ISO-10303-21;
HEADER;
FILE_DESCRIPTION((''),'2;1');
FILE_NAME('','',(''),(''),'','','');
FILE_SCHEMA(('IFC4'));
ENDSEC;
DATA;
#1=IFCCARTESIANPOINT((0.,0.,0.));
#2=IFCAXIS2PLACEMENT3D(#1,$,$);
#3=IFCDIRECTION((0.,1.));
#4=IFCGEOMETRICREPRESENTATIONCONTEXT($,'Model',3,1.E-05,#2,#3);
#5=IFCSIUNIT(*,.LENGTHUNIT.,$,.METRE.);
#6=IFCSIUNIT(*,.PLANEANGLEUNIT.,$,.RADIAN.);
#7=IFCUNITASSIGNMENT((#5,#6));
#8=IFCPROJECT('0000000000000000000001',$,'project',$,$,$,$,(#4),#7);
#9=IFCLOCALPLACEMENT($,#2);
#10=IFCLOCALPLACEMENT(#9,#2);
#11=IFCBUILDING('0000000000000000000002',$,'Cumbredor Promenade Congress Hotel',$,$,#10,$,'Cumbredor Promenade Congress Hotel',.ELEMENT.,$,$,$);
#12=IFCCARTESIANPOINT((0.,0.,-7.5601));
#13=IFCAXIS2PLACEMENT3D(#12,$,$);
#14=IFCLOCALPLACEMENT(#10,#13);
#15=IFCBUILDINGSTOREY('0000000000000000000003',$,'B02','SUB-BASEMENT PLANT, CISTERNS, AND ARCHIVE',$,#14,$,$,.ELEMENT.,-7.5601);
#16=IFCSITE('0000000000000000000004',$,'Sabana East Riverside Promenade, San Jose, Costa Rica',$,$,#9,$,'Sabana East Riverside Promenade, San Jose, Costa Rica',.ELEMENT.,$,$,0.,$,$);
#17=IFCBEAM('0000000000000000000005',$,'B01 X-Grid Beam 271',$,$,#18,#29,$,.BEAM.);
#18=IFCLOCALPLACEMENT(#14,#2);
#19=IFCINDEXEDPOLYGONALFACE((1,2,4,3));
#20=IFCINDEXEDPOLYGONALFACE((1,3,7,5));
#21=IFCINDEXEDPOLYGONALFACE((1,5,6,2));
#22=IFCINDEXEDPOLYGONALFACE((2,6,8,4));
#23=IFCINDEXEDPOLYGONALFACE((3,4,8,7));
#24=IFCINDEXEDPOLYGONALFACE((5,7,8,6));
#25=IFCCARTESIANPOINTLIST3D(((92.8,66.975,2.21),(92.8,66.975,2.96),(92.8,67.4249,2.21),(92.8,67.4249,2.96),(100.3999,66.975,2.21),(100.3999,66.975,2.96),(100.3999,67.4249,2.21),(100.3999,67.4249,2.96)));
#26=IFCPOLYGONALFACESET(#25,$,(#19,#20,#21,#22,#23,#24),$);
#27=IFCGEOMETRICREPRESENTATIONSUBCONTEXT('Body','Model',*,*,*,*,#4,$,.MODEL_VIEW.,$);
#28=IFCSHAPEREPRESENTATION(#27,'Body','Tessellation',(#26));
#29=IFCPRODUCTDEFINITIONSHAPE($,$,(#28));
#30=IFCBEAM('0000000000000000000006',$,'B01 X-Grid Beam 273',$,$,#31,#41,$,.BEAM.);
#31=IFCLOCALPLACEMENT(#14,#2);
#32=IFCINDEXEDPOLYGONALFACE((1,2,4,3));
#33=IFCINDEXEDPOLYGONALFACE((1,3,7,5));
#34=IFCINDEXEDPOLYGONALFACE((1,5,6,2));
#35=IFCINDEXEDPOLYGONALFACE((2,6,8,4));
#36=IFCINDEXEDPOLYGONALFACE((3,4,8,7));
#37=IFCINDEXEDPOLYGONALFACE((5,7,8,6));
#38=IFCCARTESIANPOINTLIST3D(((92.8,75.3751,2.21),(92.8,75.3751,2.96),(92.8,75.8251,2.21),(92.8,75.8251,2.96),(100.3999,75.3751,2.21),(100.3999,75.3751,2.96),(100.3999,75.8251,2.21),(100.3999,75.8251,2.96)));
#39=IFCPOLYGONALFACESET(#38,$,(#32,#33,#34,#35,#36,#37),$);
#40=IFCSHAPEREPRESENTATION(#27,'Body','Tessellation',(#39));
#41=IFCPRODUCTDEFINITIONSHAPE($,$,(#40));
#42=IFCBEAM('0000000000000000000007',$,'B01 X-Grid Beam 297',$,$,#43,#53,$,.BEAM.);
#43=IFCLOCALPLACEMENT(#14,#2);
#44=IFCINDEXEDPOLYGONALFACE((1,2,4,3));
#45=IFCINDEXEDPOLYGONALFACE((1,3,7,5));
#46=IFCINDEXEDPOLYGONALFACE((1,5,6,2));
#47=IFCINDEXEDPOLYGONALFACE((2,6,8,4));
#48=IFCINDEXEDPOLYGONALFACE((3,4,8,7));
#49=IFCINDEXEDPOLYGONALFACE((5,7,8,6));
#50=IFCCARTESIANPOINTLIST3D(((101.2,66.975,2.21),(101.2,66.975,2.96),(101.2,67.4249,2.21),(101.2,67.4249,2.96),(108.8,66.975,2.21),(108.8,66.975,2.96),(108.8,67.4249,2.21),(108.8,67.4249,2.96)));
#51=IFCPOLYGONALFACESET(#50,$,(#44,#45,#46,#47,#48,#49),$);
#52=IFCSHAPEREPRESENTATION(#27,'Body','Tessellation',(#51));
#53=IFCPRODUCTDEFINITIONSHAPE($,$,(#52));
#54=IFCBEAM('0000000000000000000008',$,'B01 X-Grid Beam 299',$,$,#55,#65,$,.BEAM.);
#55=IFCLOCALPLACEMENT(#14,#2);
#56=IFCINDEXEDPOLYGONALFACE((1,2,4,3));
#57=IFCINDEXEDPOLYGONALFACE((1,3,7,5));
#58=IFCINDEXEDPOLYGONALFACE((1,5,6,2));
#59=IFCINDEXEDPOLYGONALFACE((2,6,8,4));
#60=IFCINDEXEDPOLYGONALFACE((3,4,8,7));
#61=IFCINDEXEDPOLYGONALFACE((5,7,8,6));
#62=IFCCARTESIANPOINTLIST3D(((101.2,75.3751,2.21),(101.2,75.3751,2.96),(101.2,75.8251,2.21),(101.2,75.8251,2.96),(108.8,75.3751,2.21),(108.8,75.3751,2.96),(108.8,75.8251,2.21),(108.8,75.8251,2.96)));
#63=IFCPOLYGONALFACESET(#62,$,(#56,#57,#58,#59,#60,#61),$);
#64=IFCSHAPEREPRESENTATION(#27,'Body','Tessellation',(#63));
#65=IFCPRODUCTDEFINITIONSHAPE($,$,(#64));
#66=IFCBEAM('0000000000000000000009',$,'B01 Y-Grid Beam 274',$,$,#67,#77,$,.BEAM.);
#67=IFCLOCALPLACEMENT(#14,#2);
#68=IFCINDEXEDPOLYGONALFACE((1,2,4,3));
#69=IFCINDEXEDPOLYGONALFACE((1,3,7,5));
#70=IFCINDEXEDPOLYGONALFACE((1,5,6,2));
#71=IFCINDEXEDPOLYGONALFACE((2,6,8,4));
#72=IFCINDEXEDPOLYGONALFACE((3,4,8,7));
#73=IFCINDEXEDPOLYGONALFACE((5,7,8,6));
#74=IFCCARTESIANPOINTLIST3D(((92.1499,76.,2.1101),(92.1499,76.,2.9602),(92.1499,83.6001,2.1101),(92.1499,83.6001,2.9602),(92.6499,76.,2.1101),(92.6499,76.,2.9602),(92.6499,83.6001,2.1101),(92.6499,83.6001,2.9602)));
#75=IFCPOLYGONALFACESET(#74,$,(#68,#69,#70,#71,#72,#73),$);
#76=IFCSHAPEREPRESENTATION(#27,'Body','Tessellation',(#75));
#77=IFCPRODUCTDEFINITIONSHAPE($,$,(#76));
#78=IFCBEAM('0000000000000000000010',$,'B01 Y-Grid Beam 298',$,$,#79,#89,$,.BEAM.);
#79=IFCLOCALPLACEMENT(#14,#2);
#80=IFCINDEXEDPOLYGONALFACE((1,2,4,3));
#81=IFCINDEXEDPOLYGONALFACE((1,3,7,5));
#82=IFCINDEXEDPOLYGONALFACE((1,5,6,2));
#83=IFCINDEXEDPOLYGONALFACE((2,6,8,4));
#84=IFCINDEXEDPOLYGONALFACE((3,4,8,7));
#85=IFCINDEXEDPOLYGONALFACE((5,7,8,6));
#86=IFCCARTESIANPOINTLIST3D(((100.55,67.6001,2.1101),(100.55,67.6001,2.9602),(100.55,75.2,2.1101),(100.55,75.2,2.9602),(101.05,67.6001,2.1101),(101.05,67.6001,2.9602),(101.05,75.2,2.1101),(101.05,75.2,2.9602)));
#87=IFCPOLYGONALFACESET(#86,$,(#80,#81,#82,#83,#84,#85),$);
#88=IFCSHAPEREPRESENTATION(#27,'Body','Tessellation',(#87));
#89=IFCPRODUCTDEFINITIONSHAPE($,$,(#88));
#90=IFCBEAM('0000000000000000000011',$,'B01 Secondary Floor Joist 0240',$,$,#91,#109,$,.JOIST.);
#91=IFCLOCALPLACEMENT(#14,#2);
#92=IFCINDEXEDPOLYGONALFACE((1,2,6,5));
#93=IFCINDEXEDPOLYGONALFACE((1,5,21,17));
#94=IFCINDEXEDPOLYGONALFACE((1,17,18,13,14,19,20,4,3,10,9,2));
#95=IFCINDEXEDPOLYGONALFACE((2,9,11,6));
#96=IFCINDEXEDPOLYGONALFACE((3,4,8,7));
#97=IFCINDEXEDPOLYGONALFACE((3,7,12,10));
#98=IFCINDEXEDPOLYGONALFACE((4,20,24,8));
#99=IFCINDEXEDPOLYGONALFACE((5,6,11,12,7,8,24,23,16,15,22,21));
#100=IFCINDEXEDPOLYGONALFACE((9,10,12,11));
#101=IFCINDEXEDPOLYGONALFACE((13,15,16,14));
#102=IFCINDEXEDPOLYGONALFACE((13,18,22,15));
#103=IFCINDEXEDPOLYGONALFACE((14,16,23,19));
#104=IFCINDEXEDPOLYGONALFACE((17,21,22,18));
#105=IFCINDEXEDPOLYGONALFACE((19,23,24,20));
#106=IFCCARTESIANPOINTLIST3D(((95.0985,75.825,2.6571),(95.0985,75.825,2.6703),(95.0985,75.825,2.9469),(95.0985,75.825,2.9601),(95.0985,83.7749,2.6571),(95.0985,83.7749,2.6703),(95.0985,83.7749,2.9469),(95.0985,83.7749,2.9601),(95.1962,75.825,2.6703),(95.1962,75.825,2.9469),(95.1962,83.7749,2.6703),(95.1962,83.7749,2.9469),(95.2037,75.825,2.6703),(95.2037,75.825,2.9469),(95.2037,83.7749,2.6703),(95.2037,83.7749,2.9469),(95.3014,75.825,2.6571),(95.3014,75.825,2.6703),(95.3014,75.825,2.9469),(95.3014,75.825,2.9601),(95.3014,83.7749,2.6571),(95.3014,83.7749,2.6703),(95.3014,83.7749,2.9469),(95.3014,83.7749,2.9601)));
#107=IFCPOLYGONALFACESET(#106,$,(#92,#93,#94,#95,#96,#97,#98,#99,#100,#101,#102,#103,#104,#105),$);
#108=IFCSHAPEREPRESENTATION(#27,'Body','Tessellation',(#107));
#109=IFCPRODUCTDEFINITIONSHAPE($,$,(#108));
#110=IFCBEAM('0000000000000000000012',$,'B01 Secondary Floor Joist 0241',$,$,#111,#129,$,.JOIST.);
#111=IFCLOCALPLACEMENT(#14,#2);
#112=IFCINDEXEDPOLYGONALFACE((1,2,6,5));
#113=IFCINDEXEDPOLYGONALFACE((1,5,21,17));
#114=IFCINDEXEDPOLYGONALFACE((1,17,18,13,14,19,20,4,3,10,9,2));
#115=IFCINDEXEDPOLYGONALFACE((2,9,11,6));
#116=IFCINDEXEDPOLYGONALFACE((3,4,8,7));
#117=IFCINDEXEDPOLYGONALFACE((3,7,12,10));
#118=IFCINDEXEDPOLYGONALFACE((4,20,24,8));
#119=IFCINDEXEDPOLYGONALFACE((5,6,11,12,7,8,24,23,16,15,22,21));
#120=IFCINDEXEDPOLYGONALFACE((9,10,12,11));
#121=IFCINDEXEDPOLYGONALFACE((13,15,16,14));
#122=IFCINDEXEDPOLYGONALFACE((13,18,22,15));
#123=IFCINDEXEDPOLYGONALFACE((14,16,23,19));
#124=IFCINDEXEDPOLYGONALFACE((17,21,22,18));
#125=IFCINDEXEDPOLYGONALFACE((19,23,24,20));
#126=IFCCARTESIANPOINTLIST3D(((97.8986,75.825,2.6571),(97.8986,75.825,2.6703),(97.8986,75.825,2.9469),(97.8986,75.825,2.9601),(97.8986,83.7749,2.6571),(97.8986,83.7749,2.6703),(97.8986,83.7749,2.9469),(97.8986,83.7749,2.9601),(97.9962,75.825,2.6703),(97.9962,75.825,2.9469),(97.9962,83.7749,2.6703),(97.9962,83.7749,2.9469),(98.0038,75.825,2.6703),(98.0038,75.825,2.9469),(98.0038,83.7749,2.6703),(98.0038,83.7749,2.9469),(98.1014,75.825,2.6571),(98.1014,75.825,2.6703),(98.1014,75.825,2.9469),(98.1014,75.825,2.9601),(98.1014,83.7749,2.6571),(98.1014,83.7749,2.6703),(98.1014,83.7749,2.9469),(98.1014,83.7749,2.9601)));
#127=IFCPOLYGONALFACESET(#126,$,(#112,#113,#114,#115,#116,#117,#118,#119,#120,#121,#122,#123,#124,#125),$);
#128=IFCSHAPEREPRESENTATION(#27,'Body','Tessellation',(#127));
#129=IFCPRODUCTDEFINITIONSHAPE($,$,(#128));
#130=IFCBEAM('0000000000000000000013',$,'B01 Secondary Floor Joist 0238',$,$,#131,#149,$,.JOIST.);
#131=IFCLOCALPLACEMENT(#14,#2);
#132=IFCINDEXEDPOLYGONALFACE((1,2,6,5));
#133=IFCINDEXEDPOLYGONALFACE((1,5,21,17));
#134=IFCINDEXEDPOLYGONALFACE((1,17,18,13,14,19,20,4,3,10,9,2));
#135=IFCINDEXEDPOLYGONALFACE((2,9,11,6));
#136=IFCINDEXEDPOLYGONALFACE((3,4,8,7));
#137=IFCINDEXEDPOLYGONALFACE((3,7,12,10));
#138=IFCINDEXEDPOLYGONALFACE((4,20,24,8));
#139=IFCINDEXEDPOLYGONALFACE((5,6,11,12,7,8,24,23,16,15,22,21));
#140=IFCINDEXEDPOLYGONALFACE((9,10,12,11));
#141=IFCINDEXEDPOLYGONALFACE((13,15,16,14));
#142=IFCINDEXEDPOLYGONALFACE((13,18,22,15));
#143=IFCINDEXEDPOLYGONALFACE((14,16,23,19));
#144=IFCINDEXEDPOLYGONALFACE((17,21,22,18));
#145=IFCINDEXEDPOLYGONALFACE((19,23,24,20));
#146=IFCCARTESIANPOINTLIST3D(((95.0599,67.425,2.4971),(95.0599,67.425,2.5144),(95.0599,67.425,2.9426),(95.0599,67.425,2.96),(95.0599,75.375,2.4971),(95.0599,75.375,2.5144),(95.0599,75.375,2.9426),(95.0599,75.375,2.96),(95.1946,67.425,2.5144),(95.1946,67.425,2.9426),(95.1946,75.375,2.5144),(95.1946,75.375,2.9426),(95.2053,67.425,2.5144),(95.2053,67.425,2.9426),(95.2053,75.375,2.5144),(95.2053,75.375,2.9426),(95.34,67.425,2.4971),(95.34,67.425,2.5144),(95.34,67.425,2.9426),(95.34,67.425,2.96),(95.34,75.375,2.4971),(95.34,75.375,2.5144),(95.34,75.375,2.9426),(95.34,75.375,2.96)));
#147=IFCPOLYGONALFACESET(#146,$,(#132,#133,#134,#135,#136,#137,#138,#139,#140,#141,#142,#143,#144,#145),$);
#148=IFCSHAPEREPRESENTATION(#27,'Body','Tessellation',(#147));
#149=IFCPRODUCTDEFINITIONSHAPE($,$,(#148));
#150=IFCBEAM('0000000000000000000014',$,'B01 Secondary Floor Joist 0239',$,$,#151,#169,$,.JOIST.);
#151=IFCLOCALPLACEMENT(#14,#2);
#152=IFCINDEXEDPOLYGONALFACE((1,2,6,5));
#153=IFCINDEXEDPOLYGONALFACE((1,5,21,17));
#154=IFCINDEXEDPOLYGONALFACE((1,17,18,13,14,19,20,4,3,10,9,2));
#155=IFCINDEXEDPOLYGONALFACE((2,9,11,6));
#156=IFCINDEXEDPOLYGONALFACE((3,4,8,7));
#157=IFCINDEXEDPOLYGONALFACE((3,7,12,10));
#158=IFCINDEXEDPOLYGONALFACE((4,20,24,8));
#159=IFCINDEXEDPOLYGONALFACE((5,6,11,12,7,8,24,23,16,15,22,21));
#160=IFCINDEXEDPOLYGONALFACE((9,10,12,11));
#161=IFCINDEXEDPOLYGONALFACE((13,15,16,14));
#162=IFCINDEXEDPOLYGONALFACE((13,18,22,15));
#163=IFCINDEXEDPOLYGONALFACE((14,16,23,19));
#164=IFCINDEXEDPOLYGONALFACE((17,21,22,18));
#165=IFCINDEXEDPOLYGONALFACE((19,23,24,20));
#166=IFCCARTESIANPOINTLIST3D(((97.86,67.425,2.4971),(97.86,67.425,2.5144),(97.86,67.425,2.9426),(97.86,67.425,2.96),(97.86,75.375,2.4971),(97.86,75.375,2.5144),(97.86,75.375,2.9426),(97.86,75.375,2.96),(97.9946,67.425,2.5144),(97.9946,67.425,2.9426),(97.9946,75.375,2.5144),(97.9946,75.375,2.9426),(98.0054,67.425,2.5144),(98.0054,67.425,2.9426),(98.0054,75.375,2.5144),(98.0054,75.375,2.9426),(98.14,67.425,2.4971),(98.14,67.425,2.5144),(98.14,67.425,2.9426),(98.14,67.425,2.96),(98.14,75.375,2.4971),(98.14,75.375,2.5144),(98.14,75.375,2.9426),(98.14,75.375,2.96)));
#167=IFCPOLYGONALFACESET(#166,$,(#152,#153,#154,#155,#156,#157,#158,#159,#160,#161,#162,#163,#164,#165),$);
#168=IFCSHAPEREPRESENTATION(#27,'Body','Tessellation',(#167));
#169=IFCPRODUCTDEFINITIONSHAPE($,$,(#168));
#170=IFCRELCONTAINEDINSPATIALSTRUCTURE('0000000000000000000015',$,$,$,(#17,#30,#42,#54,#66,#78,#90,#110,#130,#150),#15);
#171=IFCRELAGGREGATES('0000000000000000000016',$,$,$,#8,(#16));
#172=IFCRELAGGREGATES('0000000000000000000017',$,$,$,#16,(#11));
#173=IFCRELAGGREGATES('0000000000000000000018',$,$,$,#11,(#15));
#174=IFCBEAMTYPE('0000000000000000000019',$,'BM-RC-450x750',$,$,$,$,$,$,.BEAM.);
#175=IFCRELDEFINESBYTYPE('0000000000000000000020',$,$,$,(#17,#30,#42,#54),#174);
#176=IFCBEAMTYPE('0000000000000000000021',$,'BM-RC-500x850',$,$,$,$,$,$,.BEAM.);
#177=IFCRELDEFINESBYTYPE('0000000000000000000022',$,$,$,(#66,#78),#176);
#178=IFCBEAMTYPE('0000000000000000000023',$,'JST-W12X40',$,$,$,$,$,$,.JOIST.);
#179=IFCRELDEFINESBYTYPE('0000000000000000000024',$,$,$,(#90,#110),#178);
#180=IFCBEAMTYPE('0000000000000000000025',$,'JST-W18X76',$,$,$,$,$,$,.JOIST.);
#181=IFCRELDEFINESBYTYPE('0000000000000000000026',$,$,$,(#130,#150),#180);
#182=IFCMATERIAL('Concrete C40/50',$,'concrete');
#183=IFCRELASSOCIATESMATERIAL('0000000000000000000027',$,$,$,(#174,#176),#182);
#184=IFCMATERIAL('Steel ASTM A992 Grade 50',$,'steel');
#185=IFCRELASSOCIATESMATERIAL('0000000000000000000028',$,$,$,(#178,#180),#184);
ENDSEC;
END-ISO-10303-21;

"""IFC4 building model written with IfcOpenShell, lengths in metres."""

from ifc_helpers import new_model, si_unit, direction, frame, origin, origin_2d, place, context, subcontext, project, spatial, rectangle, i_section, extrude, material, material_profile, profile_set, type_object, element, save


model = new_model("IFC4")

# Units and contexts
model_context = context("Model", 3, precision=1e-05, world=origin(), true_north=direction((0.0, 1.0)))
body_context = subcontext(model_context, "Body", "Model", "MODEL_VIEW")
ifc_project = project(units=[si_unit("LENGTHUNIT", "METRE"), si_unit("PLANEANGLEUNIT", "RADIAN")], contexts=[model_context])

# Site, building, storey
site_placement = place(None, origin())
site = spatial("IfcSite", under=ifc_project, at=site_placement, Name="Sabana East Riverside Promenade, San Jose, Costa Rica", LongName="Sabana East Riverside Promenade, San Jose, Costa Rica", CompositionType="ELEMENT", RefElevation=0.0)
building_placement = place(site_placement, origin())
building = spatial("IfcBuilding", under=site, at=building_placement, Name="Cumbredor Promenade Congress Hotel", LongName="Cumbredor Promenade Congress Hotel", CompositionType="ELEMENT")
storey_placement = place(building_placement, frame((0.0, 0.0, -7.5601)))
storey = spatial("IfcBuildingStorey", under=building, at=storey_placement, Name="B02", Description="SUB-BASEMENT PLANT, CISTERNS, AND ARCHIVE", CompositionType="ELEMENT", Elevation=-7.5601)

# Shared definitions
ifc_material_1 = material(Name="Concrete C40/50", Category="concrete")

# Beams
ifc_material_profile_1 = material_profile(ifc_material_1, rectangle(XDim=0.45, YDim=0.75, at=origin_2d()), Name="RC BEAM 450x750")
ifc_profile_set_1 = profile_set([ifc_material_profile_1], Name="Concrete C40/50")
beam_type_1 = type_object("IfcBeamType", Name="BM-RC-450x750", PredefinedType="BEAM", material=ifc_profile_set_1)
for number, where, z_axis, x_axis, name in (
    (1, (92.8, 67.2, 2.585), (1.0, 0.0, 0.0), (0.0, 1.0, 0.0), "B01 X-Grid Beam 271"),
    (2, (92.8, 75.6001, 2.585), (1.0, 0.0, 0.0), (0.0, 1.0, 0.0), "B01 X-Grid Beam 273"),
):
    element("IfcBeam", number, at=place(storey_placement, frame(where, z_axis=z_axis, x_axis=x_axis)), inside=storey, type_object=beam_type_1, Name=name, PredefinedType="BEAM", context=body_context, shape_type="SweptSolid", body=[
        extrude(rectangle(XDim=0.45, YDim=0.75, at=origin_2d()), origin(), (0.0, 0.0, 1.0), 7.5999),
    ])
for number, where, z_axis, x_axis, name in (
    (3, (101.2, 67.2, 2.585), (1.0, 0.0, 0.0), (0.0, 1.0, 0.0), "B01 X-Grid Beam 297"),
    (4, (101.2, 75.6001, 2.585), (1.0, 0.0, 0.0), (0.0, 1.0, 0.0), "B01 X-Grid Beam 299"),
):
    element("IfcBeam", number, at=place(storey_placement, frame(where, z_axis=z_axis, x_axis=x_axis)), inside=storey, type_object=beam_type_1, Name=name, PredefinedType="BEAM", context=body_context, shape_type="SweptSolid", body=[
        extrude(rectangle(XDim=0.45, YDim=0.75, at=origin_2d()), origin(), (0.0, 0.0, 1.0), 7.6001),
    ])
ifc_material_profile_2 = material_profile(ifc_material_1, rectangle(XDim=0.5, YDim=0.8501, at=origin_2d()), Name="RC BEAM 500x850")
ifc_profile_set_2 = profile_set([ifc_material_profile_2], Name="Concrete C40/50")
beam_type_2 = type_object("IfcBeamType", Name="BM-RC-500x850", PredefinedType="BEAM", material=ifc_profile_set_2)
beam_1_placement = place(storey_placement, frame((92.3999, 76.0, 2.5352), z_axis=(0.0, 1.0, 0.0), x_axis=(-1.0, 0.0, 0.0)))
element("IfcBeam", 5, at=beam_1_placement, inside=storey, type_object=beam_type_2, Name="B01 Y-Grid Beam 274", PredefinedType="BEAM", context=body_context, shape_type="SweptSolid", body=[
    extrude(rectangle(XDim=0.5, YDim=0.8501, at=origin_2d()), origin(), (0.0, 0.0, 1.0), 7.6001),
])
beam_2_placement = place(storey_placement, frame((100.8, 67.6001, 2.5352), z_axis=(0.0, 1.0, 0.0), x_axis=(-1.0, 0.0, 0.0)))
element("IfcBeam", 6, at=beam_2_placement, inside=storey, type_object=beam_type_2, Name="B01 Y-Grid Beam 298", PredefinedType="BEAM", context=body_context, shape_type="SweptSolid", body=[
    extrude(rectangle(XDim=0.5, YDim=0.8501, at=origin_2d()), origin(), (0.0, 0.0, 1.0), 7.5999),
])
ifc_material_2 = material(Name="Steel ASTM A992 Grade 50", Category="steel")
ifc_material_profile_3 = material_profile(ifc_material_2, i_section(OverallWidth=0.2029, OverallDepth=0.303, WebThickness=0.0076, FlangeThickness=0.0132, at=origin_2d()), Name="W12X40")
ifc_profile_set_3 = profile_set([ifc_material_profile_3], Name="Steel ASTM A992 Grade 50")
beam_type_3 = type_object("IfcBeamType", Name="JST-W12X40", PredefinedType="JOIST", material=ifc_profile_set_3)
for number, where, z_axis, x_axis, name in (
    (7, (95.2, 75.825, 2.8086), (0.0, 1.0, 0.0), (-1.0, 0.0, 0.0), "B01 Secondary Floor Joist 0240"),
    (8, (98.0, 75.825, 2.8086), (0.0, 1.0, 0.0), (-1.0, 0.0, 0.0), "B01 Secondary Floor Joist 0241"),
):
    element("IfcBeam", number, at=place(storey_placement, frame(where, z_axis=z_axis, x_axis=x_axis)), inside=storey, type_object=beam_type_3, Name=name, PredefinedType="JOIST", context=body_context, shape_type="SweptSolid", body=[
        extrude(i_section(OverallWidth=0.2029, OverallDepth=0.303, WebThickness=0.0076, FlangeThickness=0.0132, at=origin_2d()), origin(), (0.0, 0.0, 1.0), 7.95),
    ])
ifc_material_profile_4 = material_profile(ifc_material_2, i_section(OverallWidth=0.28, OverallDepth=0.4629, WebThickness=0.0107, FlangeThickness=0.0173, at=origin_2d()), Name="W18X76")
ifc_profile_set_4 = profile_set([ifc_material_profile_4], Name="Steel ASTM A992 Grade 50")
beam_type_4 = type_object("IfcBeamType", Name="JST-W18X76", PredefinedType="JOIST", material=ifc_profile_set_4)
for number, where, z_axis, x_axis, name in (
    (9, (95.2, 67.425, 2.7285), (0.0, 1.0, 0.0), (-1.0, 0.0, 0.0), "B01 Secondary Floor Joist 0238"),
    (10, (98.0, 67.425, 2.7285), (0.0, 1.0, 0.0), (-1.0, 0.0, 0.0), "B01 Secondary Floor Joist 0239"),
):
    element("IfcBeam", number, at=place(storey_placement, frame(where, z_axis=z_axis, x_axis=x_axis)), inside=storey, type_object=beam_type_4, Name=name, PredefinedType="JOIST", context=body_context, shape_type="SweptSolid", body=[
        extrude(i_section(OverallWidth=0.28, OverallDepth=0.4629, WebThickness=0.0107, FlangeThickness=0.0173, at=origin_2d()), origin(), (0.0, 0.0, 1.0), 7.95),
    ])

save(model, "model.ifc")
